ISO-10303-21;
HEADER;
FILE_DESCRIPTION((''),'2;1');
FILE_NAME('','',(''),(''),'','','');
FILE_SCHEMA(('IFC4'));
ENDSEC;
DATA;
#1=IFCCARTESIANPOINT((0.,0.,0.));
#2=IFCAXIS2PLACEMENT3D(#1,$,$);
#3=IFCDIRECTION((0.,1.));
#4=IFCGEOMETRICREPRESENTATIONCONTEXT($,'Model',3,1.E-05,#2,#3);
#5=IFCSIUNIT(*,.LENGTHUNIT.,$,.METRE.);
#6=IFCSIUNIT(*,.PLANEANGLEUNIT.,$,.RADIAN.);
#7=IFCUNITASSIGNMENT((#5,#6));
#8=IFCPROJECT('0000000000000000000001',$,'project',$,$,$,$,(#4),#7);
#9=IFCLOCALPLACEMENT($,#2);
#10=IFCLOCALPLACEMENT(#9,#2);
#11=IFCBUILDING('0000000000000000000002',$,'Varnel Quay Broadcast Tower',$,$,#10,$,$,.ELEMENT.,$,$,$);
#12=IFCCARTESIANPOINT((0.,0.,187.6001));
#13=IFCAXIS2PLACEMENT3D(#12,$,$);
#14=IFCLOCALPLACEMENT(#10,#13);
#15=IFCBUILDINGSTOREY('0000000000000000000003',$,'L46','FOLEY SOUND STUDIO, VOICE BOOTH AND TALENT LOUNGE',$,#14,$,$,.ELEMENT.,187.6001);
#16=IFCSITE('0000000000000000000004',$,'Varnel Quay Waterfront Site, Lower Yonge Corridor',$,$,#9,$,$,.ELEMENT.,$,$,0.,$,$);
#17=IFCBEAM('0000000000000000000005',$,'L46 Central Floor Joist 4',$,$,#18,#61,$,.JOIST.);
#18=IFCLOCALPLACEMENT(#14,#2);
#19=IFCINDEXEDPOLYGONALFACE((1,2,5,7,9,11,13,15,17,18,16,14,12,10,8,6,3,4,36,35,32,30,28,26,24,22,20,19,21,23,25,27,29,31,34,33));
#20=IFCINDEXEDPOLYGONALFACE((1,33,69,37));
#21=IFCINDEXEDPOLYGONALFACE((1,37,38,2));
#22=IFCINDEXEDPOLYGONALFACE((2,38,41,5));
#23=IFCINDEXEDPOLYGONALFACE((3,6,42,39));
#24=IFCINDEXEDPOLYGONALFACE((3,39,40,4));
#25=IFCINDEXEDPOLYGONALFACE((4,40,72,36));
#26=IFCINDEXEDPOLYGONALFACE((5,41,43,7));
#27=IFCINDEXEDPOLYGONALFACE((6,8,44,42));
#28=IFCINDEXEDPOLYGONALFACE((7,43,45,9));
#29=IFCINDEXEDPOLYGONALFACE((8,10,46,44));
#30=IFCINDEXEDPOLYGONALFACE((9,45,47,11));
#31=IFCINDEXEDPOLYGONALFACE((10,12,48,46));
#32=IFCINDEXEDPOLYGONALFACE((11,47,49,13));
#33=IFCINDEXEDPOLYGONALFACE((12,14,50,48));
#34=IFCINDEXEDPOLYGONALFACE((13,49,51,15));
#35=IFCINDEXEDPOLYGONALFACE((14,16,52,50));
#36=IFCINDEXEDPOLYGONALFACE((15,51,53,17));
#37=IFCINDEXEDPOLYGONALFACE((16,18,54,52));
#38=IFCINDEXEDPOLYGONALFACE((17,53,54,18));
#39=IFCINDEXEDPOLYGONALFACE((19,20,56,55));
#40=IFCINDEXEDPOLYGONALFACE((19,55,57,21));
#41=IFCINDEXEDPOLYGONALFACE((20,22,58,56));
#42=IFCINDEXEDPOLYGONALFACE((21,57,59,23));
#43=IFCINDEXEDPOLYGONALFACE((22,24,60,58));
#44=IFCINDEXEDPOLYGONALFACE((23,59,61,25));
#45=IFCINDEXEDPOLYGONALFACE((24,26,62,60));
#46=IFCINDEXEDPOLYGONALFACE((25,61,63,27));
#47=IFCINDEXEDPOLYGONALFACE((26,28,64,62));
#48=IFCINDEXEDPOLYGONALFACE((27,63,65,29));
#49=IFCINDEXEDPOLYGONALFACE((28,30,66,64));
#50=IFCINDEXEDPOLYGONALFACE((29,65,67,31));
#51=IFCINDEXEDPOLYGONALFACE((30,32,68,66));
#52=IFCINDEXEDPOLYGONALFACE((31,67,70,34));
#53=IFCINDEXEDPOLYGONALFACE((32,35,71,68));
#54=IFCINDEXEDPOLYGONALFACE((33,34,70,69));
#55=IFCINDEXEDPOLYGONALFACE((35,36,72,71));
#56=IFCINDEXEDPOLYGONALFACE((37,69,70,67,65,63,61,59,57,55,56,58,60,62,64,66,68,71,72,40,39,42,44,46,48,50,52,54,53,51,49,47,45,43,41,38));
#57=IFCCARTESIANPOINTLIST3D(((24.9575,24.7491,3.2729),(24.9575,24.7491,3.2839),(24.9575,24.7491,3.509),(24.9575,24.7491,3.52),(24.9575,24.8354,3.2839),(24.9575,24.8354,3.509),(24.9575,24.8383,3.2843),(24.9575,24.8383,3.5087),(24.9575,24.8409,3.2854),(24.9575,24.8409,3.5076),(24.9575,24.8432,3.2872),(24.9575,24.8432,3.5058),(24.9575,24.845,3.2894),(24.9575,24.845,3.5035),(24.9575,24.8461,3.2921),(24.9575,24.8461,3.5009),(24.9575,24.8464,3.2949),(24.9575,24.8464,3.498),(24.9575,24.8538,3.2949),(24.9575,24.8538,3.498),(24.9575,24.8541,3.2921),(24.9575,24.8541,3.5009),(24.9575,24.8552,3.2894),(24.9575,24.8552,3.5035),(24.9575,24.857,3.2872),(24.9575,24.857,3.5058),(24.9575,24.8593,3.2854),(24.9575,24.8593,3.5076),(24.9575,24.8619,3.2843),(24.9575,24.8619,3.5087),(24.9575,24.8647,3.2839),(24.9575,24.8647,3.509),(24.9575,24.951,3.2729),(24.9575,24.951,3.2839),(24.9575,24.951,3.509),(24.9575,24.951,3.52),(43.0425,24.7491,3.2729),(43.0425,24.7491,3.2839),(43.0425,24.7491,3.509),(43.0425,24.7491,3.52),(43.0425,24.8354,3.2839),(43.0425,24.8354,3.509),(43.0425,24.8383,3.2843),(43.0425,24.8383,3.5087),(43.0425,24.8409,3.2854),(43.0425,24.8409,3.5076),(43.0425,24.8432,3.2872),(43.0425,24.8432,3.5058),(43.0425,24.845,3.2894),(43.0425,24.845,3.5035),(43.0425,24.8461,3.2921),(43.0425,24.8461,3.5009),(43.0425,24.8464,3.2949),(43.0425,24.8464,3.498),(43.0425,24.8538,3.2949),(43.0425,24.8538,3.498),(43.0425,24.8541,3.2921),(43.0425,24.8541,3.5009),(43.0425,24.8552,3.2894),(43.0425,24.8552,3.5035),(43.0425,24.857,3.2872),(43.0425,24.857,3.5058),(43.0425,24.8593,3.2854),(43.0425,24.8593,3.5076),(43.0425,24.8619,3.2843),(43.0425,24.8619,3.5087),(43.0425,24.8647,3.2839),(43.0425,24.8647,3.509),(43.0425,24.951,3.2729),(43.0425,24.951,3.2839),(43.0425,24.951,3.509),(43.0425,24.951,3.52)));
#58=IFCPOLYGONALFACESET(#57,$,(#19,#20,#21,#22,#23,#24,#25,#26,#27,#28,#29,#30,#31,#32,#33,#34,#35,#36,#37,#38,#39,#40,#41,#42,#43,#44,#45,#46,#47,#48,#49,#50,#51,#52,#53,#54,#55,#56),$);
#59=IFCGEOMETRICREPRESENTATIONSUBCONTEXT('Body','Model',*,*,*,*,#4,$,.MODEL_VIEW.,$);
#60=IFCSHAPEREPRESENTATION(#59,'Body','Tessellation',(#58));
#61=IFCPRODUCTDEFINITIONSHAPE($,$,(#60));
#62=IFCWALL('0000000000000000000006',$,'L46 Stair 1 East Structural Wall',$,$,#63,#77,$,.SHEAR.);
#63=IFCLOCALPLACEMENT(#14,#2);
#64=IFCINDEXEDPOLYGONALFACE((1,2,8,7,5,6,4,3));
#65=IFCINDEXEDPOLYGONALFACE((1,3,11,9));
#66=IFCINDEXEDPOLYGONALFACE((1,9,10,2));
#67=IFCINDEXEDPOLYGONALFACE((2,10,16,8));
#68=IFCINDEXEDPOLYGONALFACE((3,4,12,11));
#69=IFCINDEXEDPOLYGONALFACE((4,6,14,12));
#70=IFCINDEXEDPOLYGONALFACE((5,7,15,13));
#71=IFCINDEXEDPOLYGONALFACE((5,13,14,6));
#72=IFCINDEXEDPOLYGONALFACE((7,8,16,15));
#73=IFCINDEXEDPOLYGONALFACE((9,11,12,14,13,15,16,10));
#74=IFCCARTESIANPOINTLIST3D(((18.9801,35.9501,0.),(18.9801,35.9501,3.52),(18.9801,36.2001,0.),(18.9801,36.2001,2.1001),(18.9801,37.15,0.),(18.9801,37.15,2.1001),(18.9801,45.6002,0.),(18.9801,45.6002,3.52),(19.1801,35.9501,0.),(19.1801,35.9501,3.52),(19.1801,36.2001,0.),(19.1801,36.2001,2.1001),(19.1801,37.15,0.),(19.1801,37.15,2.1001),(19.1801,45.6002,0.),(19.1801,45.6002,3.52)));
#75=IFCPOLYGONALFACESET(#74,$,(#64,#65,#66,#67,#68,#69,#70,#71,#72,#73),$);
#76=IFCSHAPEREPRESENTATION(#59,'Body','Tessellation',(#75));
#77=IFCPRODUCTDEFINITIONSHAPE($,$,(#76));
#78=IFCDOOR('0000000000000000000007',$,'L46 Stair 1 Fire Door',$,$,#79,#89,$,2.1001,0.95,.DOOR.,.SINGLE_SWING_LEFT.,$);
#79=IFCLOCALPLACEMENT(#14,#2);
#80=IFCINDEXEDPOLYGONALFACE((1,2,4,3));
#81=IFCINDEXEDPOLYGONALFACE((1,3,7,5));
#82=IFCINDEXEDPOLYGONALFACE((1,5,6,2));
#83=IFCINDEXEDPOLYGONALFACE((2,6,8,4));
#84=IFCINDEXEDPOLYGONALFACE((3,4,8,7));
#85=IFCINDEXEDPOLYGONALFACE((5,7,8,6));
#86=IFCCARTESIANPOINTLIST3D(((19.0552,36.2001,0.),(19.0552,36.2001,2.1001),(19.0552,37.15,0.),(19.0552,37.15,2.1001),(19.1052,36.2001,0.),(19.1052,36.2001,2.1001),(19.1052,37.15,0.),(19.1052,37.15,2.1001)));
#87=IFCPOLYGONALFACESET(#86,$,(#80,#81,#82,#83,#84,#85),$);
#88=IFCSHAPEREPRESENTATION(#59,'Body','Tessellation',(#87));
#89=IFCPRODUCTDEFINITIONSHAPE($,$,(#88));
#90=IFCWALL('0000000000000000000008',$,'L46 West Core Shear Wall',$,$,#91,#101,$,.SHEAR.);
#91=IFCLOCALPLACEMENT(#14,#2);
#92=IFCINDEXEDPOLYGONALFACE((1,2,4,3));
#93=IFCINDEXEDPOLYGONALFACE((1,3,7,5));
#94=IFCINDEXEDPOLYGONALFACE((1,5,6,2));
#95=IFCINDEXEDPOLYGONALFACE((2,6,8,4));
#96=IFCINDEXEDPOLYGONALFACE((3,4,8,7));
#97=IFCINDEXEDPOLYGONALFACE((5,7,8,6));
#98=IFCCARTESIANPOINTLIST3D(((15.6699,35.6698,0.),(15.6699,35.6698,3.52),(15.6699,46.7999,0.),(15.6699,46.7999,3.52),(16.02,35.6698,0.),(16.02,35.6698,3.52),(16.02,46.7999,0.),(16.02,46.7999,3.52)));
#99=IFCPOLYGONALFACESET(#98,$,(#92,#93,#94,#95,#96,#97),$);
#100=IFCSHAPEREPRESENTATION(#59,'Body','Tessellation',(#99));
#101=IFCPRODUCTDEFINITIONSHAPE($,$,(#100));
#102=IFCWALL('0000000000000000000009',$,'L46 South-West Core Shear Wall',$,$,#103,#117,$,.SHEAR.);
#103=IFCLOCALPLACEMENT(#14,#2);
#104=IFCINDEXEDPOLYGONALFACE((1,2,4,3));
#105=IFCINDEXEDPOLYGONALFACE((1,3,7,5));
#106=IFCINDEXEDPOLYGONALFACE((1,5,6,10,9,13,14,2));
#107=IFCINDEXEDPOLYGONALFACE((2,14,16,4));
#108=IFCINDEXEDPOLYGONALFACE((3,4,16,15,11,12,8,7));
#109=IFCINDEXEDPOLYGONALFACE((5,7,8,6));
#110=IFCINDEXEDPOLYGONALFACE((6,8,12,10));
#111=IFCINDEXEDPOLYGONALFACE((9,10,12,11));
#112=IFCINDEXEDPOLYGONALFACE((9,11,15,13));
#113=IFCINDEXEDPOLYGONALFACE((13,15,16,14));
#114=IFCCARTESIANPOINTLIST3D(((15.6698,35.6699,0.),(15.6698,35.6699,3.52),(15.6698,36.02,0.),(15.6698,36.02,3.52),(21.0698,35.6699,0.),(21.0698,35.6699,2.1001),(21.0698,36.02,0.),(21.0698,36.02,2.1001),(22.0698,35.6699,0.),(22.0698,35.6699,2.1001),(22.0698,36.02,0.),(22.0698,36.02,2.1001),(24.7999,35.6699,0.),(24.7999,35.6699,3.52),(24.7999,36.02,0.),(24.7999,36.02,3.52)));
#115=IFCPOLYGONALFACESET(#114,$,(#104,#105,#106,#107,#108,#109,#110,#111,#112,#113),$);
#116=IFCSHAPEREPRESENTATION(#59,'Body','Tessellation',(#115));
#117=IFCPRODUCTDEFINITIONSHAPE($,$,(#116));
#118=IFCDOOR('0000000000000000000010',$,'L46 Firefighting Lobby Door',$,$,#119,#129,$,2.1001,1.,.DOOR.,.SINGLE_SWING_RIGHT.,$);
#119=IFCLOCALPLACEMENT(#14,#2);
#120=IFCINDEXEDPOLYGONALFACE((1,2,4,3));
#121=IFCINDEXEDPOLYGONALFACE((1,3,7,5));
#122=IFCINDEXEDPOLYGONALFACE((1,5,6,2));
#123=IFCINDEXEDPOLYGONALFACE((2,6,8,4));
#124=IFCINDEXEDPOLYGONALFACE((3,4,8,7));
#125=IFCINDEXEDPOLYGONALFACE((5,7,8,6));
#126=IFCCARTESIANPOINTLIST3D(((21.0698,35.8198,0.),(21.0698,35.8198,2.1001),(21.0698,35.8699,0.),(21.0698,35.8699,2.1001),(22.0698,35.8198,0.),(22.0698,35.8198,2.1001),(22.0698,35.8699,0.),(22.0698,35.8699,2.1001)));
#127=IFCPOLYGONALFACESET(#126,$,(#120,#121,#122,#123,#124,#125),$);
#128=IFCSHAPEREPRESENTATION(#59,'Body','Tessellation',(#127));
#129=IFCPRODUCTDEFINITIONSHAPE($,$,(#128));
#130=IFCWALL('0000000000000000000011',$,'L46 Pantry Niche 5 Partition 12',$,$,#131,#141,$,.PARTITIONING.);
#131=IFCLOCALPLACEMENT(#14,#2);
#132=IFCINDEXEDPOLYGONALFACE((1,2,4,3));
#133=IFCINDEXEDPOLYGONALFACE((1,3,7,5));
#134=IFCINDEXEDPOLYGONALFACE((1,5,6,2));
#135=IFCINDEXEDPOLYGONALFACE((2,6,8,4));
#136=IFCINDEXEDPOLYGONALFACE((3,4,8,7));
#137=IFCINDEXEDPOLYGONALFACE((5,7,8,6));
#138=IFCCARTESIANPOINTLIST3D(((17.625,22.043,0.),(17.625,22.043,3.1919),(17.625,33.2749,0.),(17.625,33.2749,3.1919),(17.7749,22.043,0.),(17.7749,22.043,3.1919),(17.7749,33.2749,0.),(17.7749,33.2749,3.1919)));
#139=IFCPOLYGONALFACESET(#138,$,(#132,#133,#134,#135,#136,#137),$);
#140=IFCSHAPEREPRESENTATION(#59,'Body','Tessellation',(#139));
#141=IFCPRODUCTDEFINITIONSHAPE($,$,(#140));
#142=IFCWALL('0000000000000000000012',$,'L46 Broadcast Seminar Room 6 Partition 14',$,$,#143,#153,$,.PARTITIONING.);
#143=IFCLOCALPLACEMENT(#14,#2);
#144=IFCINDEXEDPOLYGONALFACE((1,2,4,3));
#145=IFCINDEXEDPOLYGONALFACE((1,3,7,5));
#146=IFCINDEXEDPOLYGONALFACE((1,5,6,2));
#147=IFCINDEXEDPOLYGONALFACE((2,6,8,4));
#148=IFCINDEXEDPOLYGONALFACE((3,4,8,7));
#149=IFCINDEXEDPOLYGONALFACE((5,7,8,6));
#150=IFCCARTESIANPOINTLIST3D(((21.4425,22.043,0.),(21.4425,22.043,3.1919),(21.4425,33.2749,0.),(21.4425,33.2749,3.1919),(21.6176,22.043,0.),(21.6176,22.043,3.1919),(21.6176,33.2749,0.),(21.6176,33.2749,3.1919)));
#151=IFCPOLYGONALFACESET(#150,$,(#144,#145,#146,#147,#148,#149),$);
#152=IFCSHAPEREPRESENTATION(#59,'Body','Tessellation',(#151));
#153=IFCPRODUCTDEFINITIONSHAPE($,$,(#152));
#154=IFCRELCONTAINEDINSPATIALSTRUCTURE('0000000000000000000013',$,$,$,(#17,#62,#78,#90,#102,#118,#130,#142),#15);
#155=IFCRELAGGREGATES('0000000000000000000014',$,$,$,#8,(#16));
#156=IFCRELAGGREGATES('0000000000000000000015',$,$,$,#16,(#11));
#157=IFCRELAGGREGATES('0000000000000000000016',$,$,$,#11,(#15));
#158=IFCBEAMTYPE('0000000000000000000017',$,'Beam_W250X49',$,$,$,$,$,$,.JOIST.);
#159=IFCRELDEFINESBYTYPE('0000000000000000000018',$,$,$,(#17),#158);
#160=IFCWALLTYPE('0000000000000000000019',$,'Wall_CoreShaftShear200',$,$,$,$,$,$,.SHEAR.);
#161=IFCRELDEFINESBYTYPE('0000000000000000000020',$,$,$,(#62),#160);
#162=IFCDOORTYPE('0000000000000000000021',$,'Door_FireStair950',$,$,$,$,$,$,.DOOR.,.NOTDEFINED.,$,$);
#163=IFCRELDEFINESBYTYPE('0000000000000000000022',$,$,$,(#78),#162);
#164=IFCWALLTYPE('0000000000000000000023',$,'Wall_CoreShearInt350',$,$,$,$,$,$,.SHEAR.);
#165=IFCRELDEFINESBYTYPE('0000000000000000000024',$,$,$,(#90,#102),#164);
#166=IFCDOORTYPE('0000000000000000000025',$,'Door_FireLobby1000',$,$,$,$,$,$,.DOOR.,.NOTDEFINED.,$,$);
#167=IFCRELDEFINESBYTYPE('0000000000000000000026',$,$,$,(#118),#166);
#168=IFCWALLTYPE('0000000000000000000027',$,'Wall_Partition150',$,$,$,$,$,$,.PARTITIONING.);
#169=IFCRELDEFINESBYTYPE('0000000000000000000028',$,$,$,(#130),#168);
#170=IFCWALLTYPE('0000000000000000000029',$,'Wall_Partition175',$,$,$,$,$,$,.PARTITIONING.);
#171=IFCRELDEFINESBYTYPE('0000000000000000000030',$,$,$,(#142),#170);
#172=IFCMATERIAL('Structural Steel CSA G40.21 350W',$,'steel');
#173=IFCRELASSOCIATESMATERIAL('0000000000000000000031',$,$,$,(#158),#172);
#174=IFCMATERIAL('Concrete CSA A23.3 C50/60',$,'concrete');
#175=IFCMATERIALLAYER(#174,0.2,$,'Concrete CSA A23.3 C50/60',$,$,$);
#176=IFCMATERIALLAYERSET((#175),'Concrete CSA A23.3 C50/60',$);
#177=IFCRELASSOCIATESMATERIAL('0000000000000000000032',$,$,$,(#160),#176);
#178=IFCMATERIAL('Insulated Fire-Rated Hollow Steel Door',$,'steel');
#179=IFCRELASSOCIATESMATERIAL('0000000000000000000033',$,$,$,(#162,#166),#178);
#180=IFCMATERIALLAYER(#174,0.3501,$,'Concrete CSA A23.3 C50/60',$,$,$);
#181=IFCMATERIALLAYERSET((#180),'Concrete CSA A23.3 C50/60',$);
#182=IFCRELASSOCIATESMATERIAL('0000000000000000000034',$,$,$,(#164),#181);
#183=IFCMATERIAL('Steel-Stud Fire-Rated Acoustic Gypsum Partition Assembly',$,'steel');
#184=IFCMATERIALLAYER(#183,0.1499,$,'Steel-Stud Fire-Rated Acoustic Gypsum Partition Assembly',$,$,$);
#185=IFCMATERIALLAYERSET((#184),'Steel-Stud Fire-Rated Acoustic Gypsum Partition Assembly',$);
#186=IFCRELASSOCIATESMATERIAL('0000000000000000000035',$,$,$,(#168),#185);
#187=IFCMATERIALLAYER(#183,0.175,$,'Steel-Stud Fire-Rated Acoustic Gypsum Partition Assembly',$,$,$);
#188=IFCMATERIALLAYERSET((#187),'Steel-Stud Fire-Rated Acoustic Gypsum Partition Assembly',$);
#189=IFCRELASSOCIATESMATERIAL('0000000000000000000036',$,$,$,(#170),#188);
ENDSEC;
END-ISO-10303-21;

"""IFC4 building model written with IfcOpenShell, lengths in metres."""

from ifc_helpers import new_model, si_unit, direction, frame, frame_2d, origin, origin_2d, place, context, subcontext, project, spatial, rectangle, i_section, extrude, source, transform, mapped, material, layer, layer_set, material_profile, profile_set, type_object, type_shapes, element, fill, save


model = new_model("IFC4")

# Units and contexts
model_context = context("Model", 3, precision=1e-05, world=origin(), true_north=direction((0.0, 1.0)))
body_context = subcontext(model_context, "Body", "Model", "MODEL_VIEW")
ifc_project = project(units=[si_unit("LENGTHUNIT", "METRE"), si_unit("PLANEANGLEUNIT", "RADIAN")], contexts=[model_context])

# Site, building, storey
site_placement = place(None, origin())
site = spatial("IfcSite", under=ifc_project, at=site_placement, Name="Varnel Quay Waterfront Site, Lower Yonge Corridor", CompositionType="ELEMENT", RefElevation=0.0)
building_placement = place(site_placement, origin())
building = spatial("IfcBuilding", under=site, at=building_placement, Name="Varnel Quay Broadcast Tower", CompositionType="ELEMENT")
storey_placement = place(building_placement, frame((0.0, 0.0, 187.6001)))
storey = spatial("IfcBuildingStorey", under=building, at=storey_placement, Name="L46", Description="FOLEY SOUND STUDIO, VOICE BOOTH AND TALENT LOUNGE", CompositionType="ELEMENT", Elevation=187.6001)

# Shared definitions
ifc_material_1 = material(Name="Concrete CSA A23.3 C50/60", Category="concrete")

# Beam
ifc_material_2 = material(Name="Structural Steel CSA G40.21 350W", Category="steel")
ifc_material_profile_1 = material_profile(ifc_material_2, i_section(OverallWidth=0.2019, OverallDepth=0.2471, WebThickness=0.0073, FlangeThickness=0.011, FilletRadius=0.011, at=origin_2d()), Name="W250X49")
ifc_profile_set_1 = profile_set([ifc_material_profile_1], Name="Structural Steel CSA G40.21 350W")
beam_type_1 = type_object("IfcBeamType", Name="Beam_W250X49", PredefinedType="JOIST", material=ifc_profile_set_1)
shared_shape_1 = source(origin(), body_context, "Body", "SweptSolid", [
    extrude(i_section(OverallWidth=0.2019, OverallDepth=0.2471, WebThickness=0.0073, FlangeThickness=0.011, FilletRadius=0.011, at=origin_2d()), origin(), (0.0, 0.0, 1.0), 18.085),
])
type_shapes(beam_type_1, [shared_shape_1])
beam_1_placement = place(storey_placement, frame((24.9575, 24.8501, 3.3965), z_axis=(1.0, 0.0, 0.0), x_axis=(0.0, 1.0, 0.0)))
element("IfcBeam", 1, at=beam_1_placement, inside=storey, type_object=beam_type_1, Name="L46 Central Floor Joist 4", PredefinedType="JOIST", context=body_context, shape_type="MappedRepresentation", body=[
    mapped(shared_shape_1, transform((0.0, 0.0, 0.0), x_axis=(1.0, 0.0, 0.0), y_axis=(0.0, 1.0, 0.0), z_axis=(0.0, 0.0, 1.0), scale=1.0)),
])

# Wall, opening, door
ifc_layer_1 = layer(ifc_material_1, 0.2, Name="Concrete CSA A23.3 C50/60")
ifc_layer_set_1 = layer_set([ifc_layer_1], Name="Concrete CSA A23.3 C50/60")
wall_type_1 = type_object("IfcWallType", Name="Wall_CoreShaftShear200", PredefinedType="SHEAR", material=ifc_layer_set_1)
wall_1_placement = place(storey_placement, frame((19.0801, 35.95, 0.0), z_axis=(0.0, 0.0, 1.0), x_axis=(0.0, 1.0, 0.0)))
wall_1 = element("IfcWall", 2, at=wall_1_placement, inside=storey, type_object=wall_type_1, Name="L46 Stair 1 East Structural Wall", PredefinedType="SHEAR", context=body_context, shape_type="SweptSolid", body=[
    extrude(rectangle(XDim=9.6501, YDim=0.2, at=frame_2d((4.8252, 0.0))), origin(), (0.0, 0.0, 1.0), 3.52),
])
opening_1_placement = place(wall_1_placement, frame((0.25, 0.0, 0.0)))
opening_1 = element("IfcOpeningElement", 3, at=opening_1_placement, cuts=wall_1, PredefinedType="OPENING", context=body_context, shape_type="SweptSolid", body=[
    extrude(rectangle(XDim=0.95, YDim=2.1001, at=frame_2d((0.4751, 1.05))), frame((0.0, 0.1099, 0.0), z_axis=(0.0, -1.0, 0.0), x_axis=(1.0, 0.0, 0.0)), (0.0, 0.0, 1.0), 0.22),
])
ifc_material_3 = material(Name="Insulated Fire-Rated Hollow Steel Door", Category="steel")
door_type_1 = type_object("IfcDoorType", Name="Door_FireStair950", OperationType="NOTDEFINED", PredefinedType="DOOR", material=ifc_material_3)
shared_shape_2 = source(origin(), body_context, "Body", "SweptSolid", [
    extrude(rectangle(XDim=0.95, YDim=2.1001, at=frame_2d((0.4751, 1.05))), frame((0.0, 0.0249, 0.0), z_axis=(0.0, -1.0, 0.0), x_axis=(1.0, 0.0, 0.0)), (0.0, 0.0, 1.0), 0.05),
])
type_shapes(door_type_1, [shared_shape_2])
door_1_placement = place(opening_1_placement, origin())
door_1 = element("IfcDoor", 4, at=door_1_placement, inside=storey, type_object=door_type_1, Name="L46 Stair 1 Fire Door", OperationType="SINGLE_SWING_LEFT", OverallHeight=2.1001, OverallWidth=0.95, PredefinedType="DOOR", context=body_context, shape_type="MappedRepresentation", body=[
    mapped(shared_shape_2, transform((0.0, 0.0, 0.0), x_axis=(1.0, 0.0, 0.0), y_axis=(0.0, 1.0, 0.0), z_axis=(0.0, 0.0, 1.0), scale=1.0)),
])
fill(opening_1, door_1)

# Wall
ifc_layer_2 = layer(ifc_material_1, 0.3501, Name="Concrete CSA A23.3 C50/60")
ifc_layer_set_2 = layer_set([ifc_layer_2], Name="Concrete CSA A23.3 C50/60")
wall_type_2 = type_object("IfcWallType", Name="Wall_CoreShearInt350", PredefinedType="SHEAR", material=ifc_layer_set_2)
wall_2_placement = place(storey_placement, frame((15.845, 35.6699, 0.0), z_axis=(0.0, 0.0, 1.0), x_axis=(0.0, 1.0, 0.0)))
element("IfcWall", 5, at=wall_2_placement, inside=storey, type_object=wall_type_2, Name="L46 West Core Shear Wall", PredefinedType="SHEAR", context=body_context, shape_type="SweptSolid", body=[
    extrude(rectangle(XDim=11.1301, YDim=0.3501, at=frame_2d((5.5649, 0.0))), origin(), (0.0, 0.0, 1.0), 3.52),
])

# Wall, opening, door
wall_3_placement = place(storey_placement, frame((15.6699, 35.845, 0.0), z_axis=(0.0, 0.0, 1.0), x_axis=(1.0, 0.0, 0.0)))
wall_3 = element("IfcWall", 6, at=wall_3_placement, inside=storey, type_object=wall_type_2, Name="L46 South-West Core Shear Wall", PredefinedType="SHEAR", context=body_context, shape_type="SweptSolid", body=[
    extrude(rectangle(XDim=9.1301, YDim=0.3501, at=frame_2d((4.5649, 0.0))), origin(), (0.0, 0.0, 1.0), 3.52),
])
opening_2_placement = place(wall_3_placement, frame((5.3999, 0.0, 0.0)))
opening_2 = element("IfcOpeningElement", 7, at=opening_2_placement, cuts=wall_3, PredefinedType="OPENING", context=body_context, shape_type="SweptSolid", body=[
    extrude(rectangle(XDim=1.0, YDim=2.1001, at=frame_2d((0.5, 1.05))), frame((0.0, 0.1851, 0.0), z_axis=(0.0, -1.0, 0.0), x_axis=(1.0, 0.0, 0.0)), (0.0, 0.0, 1.0), 0.3701),
])
door_type_2 = type_object("IfcDoorType", Name="Door_FireLobby1000", OperationType="NOTDEFINED", PredefinedType="DOOR", material=ifc_material_3)
shared_shape_3 = source(origin(), body_context, "Body", "SweptSolid", [
    extrude(rectangle(XDim=1.0, YDim=2.1001, at=frame_2d((0.5, 1.05))), frame((0.0, 0.0249, 0.0), z_axis=(0.0, -1.0, 0.0), x_axis=(1.0, 0.0, 0.0)), (0.0, 0.0, 1.0), 0.05),
])
type_shapes(door_type_2, [shared_shape_3])
door_2_placement = place(opening_2_placement, origin())
door_2 = element("IfcDoor", 8, at=door_2_placement, inside=storey, type_object=door_type_2, Name="L46 Firefighting Lobby Door", OperationType="SINGLE_SWING_RIGHT", OverallHeight=2.1001, OverallWidth=1.0, PredefinedType="DOOR", context=body_context, shape_type="MappedRepresentation", body=[
    mapped(shared_shape_3, transform((0.0, 0.0, 0.0), x_axis=(1.0, 0.0, 0.0), y_axis=(0.0, 1.0, 0.0), z_axis=(0.0, 0.0, 1.0), scale=1.0)),
])
fill(opening_2, door_2)

# Walls
ifc_material_4 = material(Name="Steel-Stud Fire-Rated Acoustic Gypsum Partition Assembly", Category="steel")
ifc_layer_3 = layer(ifc_material_4, 0.1499, Name="Steel-Stud Fire-Rated Acoustic Gypsum Partition Assembly")
ifc_layer_set_3 = layer_set([ifc_layer_3], Name="Steel-Stud Fire-Rated Acoustic Gypsum Partition Assembly")
wall_type_3 = type_object("IfcWallType", Name="Wall_Partition150", PredefinedType="PARTITIONING", material=ifc_layer_set_3)
wall_4_placement = place(storey_placement, frame((17.7, 22.043, 0.0), z_axis=(0.0, 0.0, 1.0), x_axis=(0.0, 1.0, 0.0)))
element("IfcWall", 9, at=wall_4_placement, inside=storey, type_object=wall_type_3, Name="L46 Pantry Niche 5 Partition 12", PredefinedType="PARTITIONING", context=body_context, shape_type="SweptSolid", body=[
    extrude(rectangle(XDim=11.2319, YDim=0.1499, at=frame_2d((5.616, 0.0))), origin(), (0.0, 0.0, 1.0), 3.1919),
])
ifc_layer_4 = layer(ifc_material_4, 0.175, Name="Steel-Stud Fire-Rated Acoustic Gypsum Partition Assembly")
ifc_layer_set_4 = layer_set([ifc_layer_4], Name="Steel-Stud Fire-Rated Acoustic Gypsum Partition Assembly")
wall_type_4 = type_object("IfcWallType", Name="Wall_Partition175", PredefinedType="PARTITIONING", material=ifc_layer_set_4)
wall_5_placement = place(storey_placement, frame((21.53, 22.043, 0.0), z_axis=(0.0, 0.0, 1.0), x_axis=(0.0, 1.0, 0.0)))
element("IfcWall", 10, at=wall_5_placement, inside=storey, type_object=wall_type_4, Name="L46 Broadcast Seminar Room 6 Partition 14", PredefinedType="PARTITIONING", context=body_context, shape_type="SweptSolid", body=[
    extrude(rectangle(XDim=11.2319, YDim=0.175, at=frame_2d((5.616, 0.0))), origin(), (0.0, 0.0, 1.0), 3.1919),
])

save(model, "model.ifc")
